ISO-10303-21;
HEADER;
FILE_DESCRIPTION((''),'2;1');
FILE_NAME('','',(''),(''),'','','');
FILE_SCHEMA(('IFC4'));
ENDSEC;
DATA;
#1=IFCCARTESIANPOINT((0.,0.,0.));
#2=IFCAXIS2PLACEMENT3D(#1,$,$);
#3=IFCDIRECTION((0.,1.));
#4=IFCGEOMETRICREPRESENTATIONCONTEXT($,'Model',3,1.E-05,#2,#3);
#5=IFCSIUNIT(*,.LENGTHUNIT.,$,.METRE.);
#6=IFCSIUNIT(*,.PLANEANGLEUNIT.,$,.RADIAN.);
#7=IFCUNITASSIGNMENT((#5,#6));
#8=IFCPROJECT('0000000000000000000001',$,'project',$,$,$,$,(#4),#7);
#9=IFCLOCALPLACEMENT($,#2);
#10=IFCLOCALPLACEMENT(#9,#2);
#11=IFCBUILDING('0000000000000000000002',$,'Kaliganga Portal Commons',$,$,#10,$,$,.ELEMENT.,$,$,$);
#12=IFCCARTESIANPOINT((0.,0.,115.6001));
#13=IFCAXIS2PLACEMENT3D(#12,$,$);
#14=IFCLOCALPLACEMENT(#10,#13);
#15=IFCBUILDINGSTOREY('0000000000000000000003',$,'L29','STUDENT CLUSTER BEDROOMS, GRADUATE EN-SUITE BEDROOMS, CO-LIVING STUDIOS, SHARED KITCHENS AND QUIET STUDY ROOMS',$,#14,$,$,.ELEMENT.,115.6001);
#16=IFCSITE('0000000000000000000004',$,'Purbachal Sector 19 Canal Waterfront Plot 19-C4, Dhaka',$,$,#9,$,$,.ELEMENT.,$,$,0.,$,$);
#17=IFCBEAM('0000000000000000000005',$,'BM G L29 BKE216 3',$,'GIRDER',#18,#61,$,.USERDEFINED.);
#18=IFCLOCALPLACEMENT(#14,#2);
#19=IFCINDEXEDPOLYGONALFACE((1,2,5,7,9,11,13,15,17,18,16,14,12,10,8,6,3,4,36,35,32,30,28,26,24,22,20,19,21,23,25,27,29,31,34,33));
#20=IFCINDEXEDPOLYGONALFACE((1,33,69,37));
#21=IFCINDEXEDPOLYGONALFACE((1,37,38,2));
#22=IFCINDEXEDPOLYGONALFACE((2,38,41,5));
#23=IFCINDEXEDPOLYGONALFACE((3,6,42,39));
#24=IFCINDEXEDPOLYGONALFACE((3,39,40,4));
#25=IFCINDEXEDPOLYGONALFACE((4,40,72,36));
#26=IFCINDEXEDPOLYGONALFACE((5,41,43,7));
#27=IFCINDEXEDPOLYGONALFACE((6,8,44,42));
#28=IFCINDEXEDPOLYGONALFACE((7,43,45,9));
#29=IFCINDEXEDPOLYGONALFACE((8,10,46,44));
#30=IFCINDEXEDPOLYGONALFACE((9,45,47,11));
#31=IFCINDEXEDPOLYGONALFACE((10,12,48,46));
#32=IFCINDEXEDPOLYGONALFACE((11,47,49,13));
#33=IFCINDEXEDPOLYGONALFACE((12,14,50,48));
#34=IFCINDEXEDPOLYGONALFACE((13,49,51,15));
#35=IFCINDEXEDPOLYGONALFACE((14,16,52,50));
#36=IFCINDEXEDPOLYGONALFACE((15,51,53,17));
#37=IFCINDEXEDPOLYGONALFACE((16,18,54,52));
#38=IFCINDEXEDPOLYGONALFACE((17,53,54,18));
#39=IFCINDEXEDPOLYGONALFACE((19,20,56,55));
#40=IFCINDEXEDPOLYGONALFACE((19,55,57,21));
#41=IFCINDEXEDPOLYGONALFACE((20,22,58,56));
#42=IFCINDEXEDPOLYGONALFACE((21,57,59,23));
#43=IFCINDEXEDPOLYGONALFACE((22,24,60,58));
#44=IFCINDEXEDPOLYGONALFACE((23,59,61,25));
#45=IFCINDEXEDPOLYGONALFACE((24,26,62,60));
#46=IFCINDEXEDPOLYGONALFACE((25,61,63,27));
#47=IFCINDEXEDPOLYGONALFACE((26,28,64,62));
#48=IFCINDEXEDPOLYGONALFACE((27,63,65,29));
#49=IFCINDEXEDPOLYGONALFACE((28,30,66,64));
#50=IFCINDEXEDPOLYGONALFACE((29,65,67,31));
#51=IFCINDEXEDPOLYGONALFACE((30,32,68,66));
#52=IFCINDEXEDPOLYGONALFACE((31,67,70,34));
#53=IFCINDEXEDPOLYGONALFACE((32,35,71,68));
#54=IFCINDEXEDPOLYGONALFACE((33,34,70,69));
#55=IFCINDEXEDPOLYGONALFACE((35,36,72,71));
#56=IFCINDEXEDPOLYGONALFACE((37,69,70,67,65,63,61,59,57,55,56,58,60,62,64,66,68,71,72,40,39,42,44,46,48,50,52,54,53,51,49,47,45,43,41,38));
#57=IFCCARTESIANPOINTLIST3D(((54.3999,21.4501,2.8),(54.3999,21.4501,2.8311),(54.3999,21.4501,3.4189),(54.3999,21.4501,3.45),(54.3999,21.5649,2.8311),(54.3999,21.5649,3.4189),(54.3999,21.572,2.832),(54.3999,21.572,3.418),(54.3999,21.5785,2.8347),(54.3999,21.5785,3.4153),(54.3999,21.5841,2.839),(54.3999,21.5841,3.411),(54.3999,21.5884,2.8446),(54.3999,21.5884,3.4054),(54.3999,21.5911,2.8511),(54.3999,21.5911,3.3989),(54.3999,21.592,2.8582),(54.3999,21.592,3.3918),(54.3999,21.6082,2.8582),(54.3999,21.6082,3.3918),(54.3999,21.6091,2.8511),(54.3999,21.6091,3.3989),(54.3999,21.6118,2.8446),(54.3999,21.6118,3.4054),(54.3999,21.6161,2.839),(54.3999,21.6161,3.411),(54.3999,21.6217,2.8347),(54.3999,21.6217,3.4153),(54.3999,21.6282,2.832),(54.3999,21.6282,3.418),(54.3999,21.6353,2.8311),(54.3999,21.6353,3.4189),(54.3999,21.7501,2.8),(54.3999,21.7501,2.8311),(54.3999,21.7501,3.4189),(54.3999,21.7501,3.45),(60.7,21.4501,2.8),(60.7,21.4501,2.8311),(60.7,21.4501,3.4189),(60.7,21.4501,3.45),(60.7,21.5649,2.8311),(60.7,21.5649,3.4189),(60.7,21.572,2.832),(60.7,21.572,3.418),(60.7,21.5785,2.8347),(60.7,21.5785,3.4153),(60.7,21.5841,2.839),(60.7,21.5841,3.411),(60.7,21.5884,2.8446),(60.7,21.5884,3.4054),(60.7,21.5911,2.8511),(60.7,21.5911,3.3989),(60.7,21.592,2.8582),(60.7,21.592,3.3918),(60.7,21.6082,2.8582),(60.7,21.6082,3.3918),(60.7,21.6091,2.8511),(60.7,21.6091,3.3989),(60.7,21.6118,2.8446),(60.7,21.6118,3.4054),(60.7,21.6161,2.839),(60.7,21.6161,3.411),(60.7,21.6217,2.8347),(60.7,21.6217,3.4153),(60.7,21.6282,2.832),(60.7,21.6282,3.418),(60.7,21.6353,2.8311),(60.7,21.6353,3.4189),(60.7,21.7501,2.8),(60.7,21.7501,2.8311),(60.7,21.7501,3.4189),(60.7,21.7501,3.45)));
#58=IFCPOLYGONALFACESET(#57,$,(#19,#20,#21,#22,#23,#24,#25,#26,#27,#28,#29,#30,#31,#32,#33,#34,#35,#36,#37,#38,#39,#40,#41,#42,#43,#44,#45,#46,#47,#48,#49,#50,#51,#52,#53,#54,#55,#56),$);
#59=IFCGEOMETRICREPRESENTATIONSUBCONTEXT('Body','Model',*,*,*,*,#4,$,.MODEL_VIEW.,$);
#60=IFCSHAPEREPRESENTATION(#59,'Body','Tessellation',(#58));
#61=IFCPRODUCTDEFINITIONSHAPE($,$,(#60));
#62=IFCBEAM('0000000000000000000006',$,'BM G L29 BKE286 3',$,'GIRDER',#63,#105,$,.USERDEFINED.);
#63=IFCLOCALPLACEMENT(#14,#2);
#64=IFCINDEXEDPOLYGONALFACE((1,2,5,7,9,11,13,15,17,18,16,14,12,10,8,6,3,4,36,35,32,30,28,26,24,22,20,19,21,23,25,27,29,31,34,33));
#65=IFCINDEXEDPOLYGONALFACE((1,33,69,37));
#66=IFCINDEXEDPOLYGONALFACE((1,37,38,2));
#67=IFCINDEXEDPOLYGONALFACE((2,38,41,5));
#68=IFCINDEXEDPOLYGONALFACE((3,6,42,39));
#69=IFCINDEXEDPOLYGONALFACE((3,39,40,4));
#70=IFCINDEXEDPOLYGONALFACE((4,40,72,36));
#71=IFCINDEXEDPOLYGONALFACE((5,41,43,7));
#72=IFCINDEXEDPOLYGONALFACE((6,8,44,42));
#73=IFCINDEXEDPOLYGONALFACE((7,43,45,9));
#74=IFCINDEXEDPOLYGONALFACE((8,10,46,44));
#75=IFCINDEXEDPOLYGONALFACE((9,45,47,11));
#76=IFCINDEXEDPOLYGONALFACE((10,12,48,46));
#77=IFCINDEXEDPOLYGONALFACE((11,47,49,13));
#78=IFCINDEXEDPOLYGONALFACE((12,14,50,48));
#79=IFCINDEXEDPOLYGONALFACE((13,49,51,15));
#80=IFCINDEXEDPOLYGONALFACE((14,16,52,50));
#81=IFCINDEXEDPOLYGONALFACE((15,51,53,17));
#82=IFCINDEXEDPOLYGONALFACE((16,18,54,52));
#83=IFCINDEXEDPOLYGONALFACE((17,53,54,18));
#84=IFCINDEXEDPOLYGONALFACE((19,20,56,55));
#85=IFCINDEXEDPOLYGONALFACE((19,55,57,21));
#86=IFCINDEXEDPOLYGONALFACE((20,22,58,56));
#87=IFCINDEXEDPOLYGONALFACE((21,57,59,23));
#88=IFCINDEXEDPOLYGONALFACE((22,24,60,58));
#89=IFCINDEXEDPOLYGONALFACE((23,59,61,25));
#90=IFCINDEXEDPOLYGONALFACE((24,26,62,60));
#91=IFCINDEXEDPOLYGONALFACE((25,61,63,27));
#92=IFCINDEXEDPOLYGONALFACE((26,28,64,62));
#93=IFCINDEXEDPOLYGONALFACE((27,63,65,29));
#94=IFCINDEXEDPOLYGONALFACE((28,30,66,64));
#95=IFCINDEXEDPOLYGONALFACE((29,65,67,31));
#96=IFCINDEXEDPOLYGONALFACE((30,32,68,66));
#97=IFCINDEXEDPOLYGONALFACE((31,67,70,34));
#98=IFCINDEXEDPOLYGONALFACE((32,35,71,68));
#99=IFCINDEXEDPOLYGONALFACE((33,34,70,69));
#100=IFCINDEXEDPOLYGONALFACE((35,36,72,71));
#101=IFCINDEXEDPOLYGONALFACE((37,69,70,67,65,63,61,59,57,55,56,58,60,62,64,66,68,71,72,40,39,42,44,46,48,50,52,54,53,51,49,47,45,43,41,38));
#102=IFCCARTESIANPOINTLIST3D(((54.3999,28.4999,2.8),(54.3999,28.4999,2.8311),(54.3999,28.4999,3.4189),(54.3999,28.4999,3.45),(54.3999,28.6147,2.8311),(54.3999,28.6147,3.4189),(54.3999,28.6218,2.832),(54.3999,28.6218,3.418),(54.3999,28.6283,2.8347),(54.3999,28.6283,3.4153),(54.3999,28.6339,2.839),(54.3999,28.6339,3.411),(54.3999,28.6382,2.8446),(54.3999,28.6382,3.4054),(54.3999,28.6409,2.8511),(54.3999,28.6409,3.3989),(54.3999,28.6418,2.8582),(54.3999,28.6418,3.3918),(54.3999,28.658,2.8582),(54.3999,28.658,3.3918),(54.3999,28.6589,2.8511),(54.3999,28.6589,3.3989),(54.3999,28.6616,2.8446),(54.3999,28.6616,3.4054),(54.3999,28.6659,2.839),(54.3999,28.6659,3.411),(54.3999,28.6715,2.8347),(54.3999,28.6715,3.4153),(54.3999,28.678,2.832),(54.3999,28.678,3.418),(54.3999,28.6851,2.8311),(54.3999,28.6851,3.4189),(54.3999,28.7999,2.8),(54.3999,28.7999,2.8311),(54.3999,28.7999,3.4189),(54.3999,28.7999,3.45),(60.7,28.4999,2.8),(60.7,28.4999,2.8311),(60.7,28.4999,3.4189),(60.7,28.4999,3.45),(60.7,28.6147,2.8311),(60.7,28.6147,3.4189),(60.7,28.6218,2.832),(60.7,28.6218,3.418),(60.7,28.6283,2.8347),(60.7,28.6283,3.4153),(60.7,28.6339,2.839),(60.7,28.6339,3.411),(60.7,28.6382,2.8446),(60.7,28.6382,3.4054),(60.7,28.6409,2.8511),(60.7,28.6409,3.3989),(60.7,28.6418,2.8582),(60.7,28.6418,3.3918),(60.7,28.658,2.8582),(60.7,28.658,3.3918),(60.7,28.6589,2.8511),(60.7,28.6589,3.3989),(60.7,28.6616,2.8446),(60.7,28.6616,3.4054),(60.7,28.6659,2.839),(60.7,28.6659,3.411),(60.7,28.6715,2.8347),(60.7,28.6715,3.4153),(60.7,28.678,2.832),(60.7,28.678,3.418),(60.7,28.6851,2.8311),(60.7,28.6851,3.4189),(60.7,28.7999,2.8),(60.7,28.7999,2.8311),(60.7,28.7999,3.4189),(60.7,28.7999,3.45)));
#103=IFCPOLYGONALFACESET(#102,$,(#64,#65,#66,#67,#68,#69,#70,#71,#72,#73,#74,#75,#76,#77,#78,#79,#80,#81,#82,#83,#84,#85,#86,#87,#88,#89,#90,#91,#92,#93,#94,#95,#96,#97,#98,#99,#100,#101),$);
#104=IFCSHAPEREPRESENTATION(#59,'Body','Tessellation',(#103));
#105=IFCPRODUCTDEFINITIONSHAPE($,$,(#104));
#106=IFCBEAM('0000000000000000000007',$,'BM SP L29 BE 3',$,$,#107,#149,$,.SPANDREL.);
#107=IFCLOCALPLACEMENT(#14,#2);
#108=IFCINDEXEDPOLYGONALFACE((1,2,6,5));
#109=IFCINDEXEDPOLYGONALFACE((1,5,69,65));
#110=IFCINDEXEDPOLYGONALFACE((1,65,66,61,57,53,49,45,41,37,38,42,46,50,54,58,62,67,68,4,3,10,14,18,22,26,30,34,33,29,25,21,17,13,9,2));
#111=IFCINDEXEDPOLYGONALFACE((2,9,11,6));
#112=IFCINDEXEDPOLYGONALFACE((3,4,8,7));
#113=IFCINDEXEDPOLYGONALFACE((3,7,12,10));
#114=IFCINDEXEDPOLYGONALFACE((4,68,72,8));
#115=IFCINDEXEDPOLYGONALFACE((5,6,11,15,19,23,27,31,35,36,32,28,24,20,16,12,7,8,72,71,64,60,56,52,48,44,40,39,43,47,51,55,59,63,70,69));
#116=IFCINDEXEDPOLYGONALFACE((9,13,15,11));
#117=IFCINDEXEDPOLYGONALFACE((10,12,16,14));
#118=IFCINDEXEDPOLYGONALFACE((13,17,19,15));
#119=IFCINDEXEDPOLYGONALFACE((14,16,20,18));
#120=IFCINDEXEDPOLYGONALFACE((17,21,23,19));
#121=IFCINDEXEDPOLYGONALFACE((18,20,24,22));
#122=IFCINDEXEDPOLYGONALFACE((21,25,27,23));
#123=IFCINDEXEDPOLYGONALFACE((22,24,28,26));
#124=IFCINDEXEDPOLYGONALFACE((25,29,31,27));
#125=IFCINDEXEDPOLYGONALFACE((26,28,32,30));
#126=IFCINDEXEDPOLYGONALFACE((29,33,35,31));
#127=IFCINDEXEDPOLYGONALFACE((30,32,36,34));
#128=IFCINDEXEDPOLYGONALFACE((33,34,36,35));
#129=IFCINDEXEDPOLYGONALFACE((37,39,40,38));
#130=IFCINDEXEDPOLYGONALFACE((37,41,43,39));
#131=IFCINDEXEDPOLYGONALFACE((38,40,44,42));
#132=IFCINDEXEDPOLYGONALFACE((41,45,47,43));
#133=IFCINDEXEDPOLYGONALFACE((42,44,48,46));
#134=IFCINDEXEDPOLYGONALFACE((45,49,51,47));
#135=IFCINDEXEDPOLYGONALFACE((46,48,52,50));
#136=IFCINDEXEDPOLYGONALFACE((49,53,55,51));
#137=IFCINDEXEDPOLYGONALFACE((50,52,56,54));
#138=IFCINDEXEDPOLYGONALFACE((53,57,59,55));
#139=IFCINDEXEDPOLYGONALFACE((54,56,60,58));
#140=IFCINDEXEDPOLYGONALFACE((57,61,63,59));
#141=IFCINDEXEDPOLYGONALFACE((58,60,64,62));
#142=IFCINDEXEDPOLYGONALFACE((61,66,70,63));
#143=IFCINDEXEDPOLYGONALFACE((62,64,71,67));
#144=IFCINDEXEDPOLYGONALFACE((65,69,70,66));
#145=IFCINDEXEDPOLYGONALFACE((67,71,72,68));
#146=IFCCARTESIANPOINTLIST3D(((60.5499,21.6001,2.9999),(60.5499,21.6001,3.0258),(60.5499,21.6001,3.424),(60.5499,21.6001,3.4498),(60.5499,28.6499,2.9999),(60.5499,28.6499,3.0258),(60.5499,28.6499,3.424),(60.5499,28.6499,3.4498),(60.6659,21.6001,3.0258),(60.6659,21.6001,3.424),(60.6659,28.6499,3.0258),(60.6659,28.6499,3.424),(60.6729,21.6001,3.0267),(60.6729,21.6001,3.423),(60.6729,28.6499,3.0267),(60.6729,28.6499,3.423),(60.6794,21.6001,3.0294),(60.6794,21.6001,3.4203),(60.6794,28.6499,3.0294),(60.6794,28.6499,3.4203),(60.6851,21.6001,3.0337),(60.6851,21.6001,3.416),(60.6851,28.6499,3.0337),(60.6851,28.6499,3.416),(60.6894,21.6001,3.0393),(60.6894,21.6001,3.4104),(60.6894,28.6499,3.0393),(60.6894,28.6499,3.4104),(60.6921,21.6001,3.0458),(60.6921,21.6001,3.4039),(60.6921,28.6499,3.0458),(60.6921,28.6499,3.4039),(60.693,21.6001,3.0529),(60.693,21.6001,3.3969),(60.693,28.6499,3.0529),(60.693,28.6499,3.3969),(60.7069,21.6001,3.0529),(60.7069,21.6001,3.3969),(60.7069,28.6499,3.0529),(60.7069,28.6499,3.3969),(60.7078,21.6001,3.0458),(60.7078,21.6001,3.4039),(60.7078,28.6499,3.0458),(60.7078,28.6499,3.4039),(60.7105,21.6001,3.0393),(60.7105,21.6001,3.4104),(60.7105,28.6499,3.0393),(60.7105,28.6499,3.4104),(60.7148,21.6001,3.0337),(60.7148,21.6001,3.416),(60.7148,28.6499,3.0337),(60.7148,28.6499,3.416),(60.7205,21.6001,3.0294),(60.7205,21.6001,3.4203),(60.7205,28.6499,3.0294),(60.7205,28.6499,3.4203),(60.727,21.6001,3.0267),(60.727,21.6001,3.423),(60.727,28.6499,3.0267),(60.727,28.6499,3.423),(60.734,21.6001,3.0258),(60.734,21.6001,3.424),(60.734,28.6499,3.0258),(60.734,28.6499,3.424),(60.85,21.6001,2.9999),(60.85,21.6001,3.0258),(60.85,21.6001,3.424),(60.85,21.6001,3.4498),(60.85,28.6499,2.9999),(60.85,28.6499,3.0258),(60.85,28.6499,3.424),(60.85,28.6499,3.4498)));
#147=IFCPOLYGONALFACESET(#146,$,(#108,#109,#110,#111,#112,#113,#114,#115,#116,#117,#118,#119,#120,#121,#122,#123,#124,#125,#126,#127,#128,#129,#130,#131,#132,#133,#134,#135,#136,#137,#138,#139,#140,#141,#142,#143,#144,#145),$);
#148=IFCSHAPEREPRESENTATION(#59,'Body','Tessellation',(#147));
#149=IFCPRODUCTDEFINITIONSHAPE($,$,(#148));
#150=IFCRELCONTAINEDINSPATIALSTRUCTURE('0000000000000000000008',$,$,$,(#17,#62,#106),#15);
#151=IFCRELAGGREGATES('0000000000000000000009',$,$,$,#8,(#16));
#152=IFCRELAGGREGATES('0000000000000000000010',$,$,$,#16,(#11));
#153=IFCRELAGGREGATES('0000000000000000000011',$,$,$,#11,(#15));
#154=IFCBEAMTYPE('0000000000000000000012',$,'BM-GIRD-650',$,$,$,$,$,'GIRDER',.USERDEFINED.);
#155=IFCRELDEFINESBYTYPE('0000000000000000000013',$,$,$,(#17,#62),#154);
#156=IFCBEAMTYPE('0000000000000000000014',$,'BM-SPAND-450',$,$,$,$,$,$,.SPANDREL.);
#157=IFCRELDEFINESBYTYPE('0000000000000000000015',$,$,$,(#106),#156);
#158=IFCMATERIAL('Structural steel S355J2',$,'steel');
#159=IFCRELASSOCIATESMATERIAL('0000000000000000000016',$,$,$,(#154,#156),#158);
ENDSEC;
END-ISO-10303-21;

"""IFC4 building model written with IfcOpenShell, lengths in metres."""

from ifc_helpers import new_model, si_unit, direction, frame, origin, origin_2d, place, context, subcontext, project, spatial, i_section, extrude, source, transform, mapped, material, material_profile, profile_set, type_object, element, save


model = new_model("IFC4")

# Units and contexts
model_context = context("Model", 3, precision=1e-05, world=origin(), true_north=direction((0.0, 1.0)))
body_context = subcontext(model_context, "Body", "Model", "MODEL_VIEW")
ifc_project = project(units=[si_unit("LENGTHUNIT", "METRE"), si_unit("PLANEANGLEUNIT", "RADIAN")], contexts=[model_context])

# Site, building, storey
site_placement = place(None, origin())
site = spatial("IfcSite", under=ifc_project, at=site_placement, Name="Purbachal Sector 19 Canal Waterfront Plot 19-C4, Dhaka", CompositionType="ELEMENT", RefElevation=0.0)
building_placement = place(site_placement, origin())
building = spatial("IfcBuilding", under=site, at=building_placement, Name="Kaliganga Portal Commons", CompositionType="ELEMENT")
storey_placement = place(building_placement, frame((0.0, 0.0, 115.6001)))
storey = spatial("IfcBuildingStorey", under=building, at=storey_placement, Name="L29", Description="STUDENT CLUSTER BEDROOMS, GRADUATE EN-SUITE BEDROOMS, CO-LIVING STUDIOS, SHARED KITCHENS AND QUIET STUDY ROOMS", CompositionType="ELEMENT", Elevation=115.6001)

# Beams
ifc_material_1 = material(Name="Structural steel S355J2", Category="steel")
ifc_material_profile_1 = material_profile(ifc_material_1, i_section(OverallWidth=0.3, OverallDepth=0.6499, WebThickness=0.0161, FlangeThickness=0.031, FilletRadius=0.0271, at=origin_2d()), Name="HE 650 B")
ifc_profile_set_1 = profile_set([ifc_material_profile_1], Name="Structural steel S355J2 wide-flange")
beam_type_1 = type_object("IfcBeamType", Name="BM-GIRD-650", ElementType="GIRDER", PredefinedType="USERDEFINED", material=ifc_profile_set_1)
shared_shape_1 = source(origin(), body_context, "Body", "SweptSolid", [
    extrude(i_section(OverallWidth=0.3, OverallDepth=0.6499, WebThickness=0.0161, FlangeThickness=0.031, FilletRadius=0.0271, at=origin_2d()), origin(), (0.0, 0.0, 1.0), 6.3),
])
for number, where, z_axis, x_axis, name in (
    (1, (54.3999, 21.6001, 3.125), (1.0, 0.0, 0.0), (0.0, 1.0, 0.0), "BM G L29 BKE216 3"),
    (2, (54.3999, 28.6499, 3.125), (1.0, 0.0, 0.0), (0.0, 1.0, 0.0), "BM G L29 BKE286 3"),
):
    element("IfcBeam", number, at=place(storey_placement, frame(where, z_axis=z_axis, x_axis=x_axis)), inside=storey, type_object=beam_type_1, Name=name, ObjectType="GIRDER", PredefinedType="USERDEFINED", context=body_context, shape_type="MappedRepresentation", body=[
        mapped(shared_shape_1, transform((0.0, 0.0, 0.0), x_axis=(1.0, 0.0, 0.0), y_axis=(0.0, 1.0, 0.0), z_axis=(0.0, 0.0, 1.0), scale=1.0)),
    ])
ifc_material_profile_2 = material_profile(ifc_material_1, i_section(OverallWidth=0.3, OverallDepth=0.45, WebThickness=0.0139, FlangeThickness=0.0259, FilletRadius=0.0271, at=origin_2d()), Name="HE 450 B")
ifc_profile_set_2 = profile_set([ifc_material_profile_2], Name="Structural steel S355J2 wide-flange")
beam_type_2 = type_object("IfcBeamType", Name="BM-SPAND-450", PredefinedType="SPANDREL", material=ifc_profile_set_2)
shared_shape_2 = source(origin(), body_context, "Body", "SweptSolid", [
    extrude(i_section(OverallWidth=0.3, OverallDepth=0.45, WebThickness=0.0139, FlangeThickness=0.0259, FilletRadius=0.0271, at=origin_2d()), origin(), (0.0, 0.0, 1.0), 7.0498),
])
beam_placement = place(storey_placement, frame((60.7, 21.6001, 3.2249), z_axis=(0.0, 1.0, 0.0), x_axis=(-1.0, 0.0, 0.0)))
element("IfcBeam", 3, at=beam_placement, inside=storey, type_object=beam_type_2, Name="BM SP L29 BE 3", PredefinedType="SPANDREL", context=body_context, shape_type="MappedRepresentation", body=[
    mapped(shared_shape_2, transform((0.0, 0.0, 0.0), x_axis=(1.0, 0.0, 0.0), y_axis=(0.0, 1.0, 0.0), z_axis=(0.0, 0.0, 1.0), scale=1.0)),
])

save(model, "model.ifc")
